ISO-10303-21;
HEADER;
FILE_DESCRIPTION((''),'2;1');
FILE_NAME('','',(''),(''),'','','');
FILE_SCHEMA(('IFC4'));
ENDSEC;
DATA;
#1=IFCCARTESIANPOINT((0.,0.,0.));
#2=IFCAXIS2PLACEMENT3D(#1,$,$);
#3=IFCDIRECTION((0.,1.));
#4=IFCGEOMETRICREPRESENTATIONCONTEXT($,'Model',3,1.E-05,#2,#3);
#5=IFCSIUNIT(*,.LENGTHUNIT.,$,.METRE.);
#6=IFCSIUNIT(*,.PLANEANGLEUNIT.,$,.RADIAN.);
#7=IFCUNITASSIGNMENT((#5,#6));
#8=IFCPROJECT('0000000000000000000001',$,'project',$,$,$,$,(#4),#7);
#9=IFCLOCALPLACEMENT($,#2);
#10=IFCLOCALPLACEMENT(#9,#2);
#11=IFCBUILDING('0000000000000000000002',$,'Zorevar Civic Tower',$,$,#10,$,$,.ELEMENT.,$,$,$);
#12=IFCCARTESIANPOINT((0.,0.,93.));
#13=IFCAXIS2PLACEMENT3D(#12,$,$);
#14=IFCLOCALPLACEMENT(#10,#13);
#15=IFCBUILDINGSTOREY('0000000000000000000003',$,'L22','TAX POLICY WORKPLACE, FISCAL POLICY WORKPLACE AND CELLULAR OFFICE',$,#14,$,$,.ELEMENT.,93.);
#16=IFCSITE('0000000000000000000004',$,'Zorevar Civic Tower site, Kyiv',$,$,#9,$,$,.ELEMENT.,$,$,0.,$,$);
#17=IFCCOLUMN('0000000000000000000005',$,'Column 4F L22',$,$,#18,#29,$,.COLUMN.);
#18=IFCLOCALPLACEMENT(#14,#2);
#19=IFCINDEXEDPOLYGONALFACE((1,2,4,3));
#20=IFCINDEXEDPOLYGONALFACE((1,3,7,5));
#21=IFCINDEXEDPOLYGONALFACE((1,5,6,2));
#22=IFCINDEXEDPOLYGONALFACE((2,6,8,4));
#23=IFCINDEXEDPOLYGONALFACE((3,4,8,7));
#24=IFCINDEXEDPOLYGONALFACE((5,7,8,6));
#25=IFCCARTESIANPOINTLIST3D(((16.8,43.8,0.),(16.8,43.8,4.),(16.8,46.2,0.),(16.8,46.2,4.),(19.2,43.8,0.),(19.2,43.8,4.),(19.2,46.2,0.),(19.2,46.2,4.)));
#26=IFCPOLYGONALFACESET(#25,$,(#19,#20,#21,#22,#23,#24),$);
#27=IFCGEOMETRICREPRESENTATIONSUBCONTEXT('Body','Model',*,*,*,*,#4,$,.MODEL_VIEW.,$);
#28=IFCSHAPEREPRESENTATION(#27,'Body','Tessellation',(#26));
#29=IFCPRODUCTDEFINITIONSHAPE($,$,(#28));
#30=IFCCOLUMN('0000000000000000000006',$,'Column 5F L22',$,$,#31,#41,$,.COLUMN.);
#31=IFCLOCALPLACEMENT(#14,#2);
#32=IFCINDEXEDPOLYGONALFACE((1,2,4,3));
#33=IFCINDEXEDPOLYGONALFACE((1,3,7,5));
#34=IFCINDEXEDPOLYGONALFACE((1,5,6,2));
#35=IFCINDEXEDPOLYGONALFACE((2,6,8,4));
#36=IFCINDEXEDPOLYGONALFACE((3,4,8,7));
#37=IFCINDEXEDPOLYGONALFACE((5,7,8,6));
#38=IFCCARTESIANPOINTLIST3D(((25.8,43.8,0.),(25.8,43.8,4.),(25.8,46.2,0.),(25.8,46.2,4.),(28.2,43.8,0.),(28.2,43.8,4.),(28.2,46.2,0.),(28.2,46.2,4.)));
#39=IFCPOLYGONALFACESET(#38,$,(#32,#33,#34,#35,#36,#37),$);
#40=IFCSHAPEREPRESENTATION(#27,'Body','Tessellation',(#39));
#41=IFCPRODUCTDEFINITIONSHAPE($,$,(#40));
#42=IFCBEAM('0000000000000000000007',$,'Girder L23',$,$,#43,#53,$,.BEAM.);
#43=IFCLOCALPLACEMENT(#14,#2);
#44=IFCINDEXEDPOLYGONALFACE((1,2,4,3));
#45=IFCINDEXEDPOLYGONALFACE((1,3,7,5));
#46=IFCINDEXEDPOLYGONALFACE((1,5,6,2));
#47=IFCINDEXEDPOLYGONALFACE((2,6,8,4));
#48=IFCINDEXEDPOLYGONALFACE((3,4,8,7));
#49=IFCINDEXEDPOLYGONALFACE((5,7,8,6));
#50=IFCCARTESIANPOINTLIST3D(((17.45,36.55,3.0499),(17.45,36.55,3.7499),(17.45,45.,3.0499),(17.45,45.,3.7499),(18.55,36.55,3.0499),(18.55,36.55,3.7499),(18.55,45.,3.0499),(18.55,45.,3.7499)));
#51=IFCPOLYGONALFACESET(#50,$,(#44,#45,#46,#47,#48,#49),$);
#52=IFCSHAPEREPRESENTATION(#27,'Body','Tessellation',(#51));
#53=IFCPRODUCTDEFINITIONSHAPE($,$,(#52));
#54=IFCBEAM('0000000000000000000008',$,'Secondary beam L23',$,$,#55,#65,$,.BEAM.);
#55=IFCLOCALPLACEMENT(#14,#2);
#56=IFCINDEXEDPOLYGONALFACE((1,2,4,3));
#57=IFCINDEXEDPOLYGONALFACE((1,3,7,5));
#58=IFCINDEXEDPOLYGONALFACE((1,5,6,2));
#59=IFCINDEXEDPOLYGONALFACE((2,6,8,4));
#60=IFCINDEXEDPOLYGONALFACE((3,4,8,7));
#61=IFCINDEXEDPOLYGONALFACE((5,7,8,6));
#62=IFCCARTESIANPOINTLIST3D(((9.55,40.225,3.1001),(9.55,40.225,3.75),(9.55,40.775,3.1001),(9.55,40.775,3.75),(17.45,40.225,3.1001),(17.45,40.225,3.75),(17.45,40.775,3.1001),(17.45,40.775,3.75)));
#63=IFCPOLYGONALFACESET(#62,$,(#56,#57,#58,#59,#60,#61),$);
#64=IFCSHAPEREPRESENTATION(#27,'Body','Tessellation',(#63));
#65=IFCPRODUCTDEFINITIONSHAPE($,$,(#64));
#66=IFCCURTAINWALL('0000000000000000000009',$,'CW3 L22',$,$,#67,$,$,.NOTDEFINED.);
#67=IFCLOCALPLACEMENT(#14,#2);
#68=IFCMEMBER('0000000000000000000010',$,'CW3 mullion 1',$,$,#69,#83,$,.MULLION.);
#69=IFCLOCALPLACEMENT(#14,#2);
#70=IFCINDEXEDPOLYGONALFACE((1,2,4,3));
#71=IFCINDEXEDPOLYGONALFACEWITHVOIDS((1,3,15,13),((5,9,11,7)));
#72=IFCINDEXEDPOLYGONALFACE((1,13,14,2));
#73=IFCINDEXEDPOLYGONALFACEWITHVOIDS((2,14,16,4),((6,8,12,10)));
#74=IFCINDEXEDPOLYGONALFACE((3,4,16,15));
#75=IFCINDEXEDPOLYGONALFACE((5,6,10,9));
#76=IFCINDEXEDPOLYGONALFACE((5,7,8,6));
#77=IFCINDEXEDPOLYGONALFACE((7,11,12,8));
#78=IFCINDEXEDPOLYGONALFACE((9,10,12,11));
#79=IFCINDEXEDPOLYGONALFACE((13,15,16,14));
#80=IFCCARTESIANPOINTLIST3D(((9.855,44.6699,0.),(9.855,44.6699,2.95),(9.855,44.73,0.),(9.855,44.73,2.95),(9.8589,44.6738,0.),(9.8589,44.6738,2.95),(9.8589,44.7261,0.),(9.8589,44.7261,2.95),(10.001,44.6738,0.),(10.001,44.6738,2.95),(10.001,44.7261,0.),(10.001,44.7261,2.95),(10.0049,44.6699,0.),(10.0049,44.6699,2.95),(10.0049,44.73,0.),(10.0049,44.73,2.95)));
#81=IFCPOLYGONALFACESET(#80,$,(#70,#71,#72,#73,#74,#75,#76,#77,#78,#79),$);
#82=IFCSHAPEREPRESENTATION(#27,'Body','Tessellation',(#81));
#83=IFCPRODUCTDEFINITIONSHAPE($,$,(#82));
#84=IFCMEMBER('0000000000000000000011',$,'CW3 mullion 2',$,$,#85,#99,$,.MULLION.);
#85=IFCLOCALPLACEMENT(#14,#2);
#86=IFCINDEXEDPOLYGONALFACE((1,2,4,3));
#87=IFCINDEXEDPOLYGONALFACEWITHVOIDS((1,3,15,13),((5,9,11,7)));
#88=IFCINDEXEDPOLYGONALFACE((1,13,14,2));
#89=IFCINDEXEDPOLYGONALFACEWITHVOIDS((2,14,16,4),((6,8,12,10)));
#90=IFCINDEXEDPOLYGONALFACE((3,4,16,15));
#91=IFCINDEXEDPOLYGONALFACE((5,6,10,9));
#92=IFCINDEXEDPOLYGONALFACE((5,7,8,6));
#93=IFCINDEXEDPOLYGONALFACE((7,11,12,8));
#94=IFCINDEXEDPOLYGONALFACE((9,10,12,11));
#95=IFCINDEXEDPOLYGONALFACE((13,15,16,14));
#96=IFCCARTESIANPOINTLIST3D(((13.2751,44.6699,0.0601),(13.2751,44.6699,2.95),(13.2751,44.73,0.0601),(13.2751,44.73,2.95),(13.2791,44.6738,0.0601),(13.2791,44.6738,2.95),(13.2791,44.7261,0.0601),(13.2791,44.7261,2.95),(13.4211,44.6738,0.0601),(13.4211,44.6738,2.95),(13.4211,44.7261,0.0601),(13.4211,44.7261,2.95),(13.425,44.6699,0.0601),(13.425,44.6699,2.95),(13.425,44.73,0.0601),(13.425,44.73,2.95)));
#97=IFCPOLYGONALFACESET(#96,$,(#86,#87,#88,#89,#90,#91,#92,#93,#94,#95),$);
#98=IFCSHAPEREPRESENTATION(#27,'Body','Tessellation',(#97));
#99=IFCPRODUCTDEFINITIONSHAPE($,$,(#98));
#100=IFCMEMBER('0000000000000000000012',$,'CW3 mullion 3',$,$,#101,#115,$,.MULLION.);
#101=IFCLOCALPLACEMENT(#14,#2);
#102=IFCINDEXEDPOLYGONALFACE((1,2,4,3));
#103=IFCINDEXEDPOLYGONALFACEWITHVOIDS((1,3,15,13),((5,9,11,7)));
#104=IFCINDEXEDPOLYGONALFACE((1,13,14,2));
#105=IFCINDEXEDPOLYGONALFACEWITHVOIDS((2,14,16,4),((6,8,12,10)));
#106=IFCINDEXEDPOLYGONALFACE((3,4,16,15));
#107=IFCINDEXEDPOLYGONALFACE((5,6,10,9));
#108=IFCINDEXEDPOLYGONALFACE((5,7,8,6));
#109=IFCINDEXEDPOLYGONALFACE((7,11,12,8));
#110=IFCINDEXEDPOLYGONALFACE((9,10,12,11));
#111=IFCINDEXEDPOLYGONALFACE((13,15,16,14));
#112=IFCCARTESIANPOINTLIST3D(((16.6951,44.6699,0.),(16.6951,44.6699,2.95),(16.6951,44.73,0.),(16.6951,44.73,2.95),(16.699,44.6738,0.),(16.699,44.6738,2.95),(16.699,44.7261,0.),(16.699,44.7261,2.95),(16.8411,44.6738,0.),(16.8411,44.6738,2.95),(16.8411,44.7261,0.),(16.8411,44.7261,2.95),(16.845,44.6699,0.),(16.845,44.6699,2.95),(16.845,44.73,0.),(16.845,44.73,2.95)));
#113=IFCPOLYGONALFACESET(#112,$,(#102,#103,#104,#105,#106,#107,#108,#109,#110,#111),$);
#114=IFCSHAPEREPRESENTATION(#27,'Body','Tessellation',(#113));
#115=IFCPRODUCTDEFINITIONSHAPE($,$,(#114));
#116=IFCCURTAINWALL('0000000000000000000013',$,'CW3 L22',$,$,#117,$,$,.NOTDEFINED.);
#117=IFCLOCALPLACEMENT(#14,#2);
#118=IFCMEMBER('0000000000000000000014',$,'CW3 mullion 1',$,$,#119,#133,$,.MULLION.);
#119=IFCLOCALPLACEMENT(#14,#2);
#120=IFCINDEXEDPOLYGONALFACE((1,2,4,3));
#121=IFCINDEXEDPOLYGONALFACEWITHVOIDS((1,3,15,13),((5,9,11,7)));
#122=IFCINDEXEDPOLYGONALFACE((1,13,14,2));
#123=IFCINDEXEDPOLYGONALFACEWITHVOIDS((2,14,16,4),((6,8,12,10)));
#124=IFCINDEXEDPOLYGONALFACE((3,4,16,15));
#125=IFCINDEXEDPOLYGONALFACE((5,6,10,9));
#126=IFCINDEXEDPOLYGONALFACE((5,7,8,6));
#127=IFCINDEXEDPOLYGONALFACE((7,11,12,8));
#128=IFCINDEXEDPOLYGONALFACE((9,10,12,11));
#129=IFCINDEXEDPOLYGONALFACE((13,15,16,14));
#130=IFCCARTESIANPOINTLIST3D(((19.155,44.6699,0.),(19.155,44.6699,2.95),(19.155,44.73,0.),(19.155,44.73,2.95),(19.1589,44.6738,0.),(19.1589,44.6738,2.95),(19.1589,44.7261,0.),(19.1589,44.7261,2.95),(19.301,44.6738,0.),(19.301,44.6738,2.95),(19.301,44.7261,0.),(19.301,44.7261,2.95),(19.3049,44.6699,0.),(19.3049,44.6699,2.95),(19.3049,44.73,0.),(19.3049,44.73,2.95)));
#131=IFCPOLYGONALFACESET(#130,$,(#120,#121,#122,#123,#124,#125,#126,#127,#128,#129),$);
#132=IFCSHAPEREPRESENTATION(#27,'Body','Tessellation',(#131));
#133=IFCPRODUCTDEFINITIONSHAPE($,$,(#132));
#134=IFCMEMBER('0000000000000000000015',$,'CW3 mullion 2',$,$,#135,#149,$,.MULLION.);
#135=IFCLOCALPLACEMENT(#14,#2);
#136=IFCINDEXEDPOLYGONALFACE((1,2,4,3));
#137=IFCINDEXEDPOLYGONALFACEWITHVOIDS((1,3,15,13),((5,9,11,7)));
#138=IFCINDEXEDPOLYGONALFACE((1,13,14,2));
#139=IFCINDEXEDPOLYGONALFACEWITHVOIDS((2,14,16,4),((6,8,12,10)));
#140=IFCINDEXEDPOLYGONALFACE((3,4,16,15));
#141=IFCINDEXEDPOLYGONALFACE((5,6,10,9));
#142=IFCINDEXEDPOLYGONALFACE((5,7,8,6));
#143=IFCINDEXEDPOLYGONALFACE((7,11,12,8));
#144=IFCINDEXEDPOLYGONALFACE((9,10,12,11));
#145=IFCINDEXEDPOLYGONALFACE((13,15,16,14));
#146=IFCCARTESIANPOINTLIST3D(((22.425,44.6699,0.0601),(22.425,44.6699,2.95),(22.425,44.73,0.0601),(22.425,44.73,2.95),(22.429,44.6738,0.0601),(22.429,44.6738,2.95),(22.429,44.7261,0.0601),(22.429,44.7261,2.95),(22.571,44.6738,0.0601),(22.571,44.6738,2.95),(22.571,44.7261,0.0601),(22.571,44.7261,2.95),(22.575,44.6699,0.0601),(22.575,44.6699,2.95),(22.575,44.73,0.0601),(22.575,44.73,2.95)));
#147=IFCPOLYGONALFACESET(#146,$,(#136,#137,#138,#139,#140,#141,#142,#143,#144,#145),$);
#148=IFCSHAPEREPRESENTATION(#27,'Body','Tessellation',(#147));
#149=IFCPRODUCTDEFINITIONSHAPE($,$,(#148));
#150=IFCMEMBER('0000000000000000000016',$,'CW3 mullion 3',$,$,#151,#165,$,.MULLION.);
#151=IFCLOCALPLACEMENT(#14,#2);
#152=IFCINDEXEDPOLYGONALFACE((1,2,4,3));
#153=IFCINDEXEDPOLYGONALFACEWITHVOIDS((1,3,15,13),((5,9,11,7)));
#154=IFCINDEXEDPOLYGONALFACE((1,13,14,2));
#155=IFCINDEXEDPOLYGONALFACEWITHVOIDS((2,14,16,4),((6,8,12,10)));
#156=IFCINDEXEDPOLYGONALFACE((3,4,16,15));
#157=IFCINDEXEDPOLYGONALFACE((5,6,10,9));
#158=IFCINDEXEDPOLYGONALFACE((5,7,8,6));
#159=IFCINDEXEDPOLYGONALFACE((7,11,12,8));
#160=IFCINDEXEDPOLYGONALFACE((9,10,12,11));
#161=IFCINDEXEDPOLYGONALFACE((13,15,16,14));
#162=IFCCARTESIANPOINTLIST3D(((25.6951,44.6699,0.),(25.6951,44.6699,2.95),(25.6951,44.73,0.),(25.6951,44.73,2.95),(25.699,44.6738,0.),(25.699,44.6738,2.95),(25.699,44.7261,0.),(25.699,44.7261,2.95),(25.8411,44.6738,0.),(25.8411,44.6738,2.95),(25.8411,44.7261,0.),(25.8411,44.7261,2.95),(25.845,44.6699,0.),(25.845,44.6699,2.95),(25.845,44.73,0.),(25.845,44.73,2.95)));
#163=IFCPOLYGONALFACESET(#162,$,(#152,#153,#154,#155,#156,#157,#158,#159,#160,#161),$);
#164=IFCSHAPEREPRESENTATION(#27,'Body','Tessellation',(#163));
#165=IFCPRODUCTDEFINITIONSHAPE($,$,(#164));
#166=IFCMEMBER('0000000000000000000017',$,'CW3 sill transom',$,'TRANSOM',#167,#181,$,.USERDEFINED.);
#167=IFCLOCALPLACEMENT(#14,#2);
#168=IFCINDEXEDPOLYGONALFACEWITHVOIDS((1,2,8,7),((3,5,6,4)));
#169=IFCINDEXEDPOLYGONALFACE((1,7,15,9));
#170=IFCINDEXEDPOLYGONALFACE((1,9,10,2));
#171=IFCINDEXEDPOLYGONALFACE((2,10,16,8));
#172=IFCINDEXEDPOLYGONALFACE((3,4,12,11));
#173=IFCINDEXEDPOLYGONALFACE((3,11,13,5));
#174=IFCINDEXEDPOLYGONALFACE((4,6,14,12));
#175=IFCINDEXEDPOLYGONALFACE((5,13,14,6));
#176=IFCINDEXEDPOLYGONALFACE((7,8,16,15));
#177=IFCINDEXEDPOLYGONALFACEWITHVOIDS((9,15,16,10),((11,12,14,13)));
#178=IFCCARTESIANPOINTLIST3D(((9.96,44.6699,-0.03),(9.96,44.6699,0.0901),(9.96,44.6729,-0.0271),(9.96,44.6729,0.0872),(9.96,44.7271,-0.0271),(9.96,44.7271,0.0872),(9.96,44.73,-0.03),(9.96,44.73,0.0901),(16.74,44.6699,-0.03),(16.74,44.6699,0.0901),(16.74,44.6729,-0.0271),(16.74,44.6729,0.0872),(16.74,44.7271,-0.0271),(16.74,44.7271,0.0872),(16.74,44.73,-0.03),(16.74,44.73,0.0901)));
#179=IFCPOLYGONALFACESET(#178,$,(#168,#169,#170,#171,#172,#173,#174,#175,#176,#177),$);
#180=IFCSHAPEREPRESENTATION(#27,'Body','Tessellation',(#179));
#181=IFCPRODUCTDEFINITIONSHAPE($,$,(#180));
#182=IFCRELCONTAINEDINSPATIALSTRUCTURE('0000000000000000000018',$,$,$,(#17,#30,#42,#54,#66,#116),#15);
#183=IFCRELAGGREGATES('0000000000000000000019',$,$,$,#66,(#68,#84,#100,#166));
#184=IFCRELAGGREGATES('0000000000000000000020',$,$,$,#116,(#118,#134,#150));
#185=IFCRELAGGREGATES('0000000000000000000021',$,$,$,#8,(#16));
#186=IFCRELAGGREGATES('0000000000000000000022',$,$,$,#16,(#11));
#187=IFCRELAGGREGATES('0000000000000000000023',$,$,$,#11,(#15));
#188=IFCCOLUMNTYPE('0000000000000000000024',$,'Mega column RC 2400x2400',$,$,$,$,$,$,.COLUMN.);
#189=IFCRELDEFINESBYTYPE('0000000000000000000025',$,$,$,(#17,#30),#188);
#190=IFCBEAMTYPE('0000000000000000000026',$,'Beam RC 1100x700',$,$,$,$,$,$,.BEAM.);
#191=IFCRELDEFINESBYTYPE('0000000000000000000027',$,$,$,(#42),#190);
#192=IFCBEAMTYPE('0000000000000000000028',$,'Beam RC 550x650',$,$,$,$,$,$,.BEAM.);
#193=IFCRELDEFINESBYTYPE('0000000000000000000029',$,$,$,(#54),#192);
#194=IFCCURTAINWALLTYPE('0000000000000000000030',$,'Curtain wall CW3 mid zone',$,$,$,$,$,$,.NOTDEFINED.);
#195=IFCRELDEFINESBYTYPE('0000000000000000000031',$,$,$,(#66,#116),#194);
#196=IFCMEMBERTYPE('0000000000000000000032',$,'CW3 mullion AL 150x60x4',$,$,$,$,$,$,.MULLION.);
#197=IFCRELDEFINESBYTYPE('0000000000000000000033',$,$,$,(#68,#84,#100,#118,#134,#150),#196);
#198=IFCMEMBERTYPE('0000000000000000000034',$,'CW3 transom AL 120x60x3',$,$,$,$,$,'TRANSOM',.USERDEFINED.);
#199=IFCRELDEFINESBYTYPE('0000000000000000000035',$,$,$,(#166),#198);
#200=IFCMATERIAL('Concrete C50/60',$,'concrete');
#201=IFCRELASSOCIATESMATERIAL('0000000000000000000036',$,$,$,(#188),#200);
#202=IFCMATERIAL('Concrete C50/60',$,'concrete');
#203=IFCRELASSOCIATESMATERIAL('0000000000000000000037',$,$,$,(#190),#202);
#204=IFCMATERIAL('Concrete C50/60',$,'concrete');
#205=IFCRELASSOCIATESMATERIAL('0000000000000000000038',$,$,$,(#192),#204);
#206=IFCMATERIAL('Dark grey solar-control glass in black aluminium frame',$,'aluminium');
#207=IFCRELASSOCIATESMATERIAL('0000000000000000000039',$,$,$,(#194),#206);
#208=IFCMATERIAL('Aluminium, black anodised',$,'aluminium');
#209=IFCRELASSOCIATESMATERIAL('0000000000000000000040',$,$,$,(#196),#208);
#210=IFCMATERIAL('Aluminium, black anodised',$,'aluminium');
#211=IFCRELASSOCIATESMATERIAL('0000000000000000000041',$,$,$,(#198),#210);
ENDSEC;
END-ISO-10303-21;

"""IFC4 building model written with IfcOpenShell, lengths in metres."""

from ifc_helpers import new_model, si_unit, direction, frame, origin, origin_2d, place, context, subcontext, project, spatial, rectangle, hollow_rectangle, extrude, material, material_profile, profile_set, type_object, element, aggregate, save


model = new_model("IFC4")

# Units and contexts
model_context = context("Model", 3, precision=1e-05, world=origin(), true_north=direction((0.0, 1.0)))
body_context = subcontext(model_context, "Body", "Model", "MODEL_VIEW")
ifc_project = project(units=[si_unit("LENGTHUNIT", "METRE"), si_unit("PLANEANGLEUNIT", "RADIAN")], contexts=[model_context])

# Site, building, storey
site_placement = place(None, origin())
site = spatial("IfcSite", under=ifc_project, at=site_placement, Name="Zorevar Civic Tower site, Kyiv", CompositionType="ELEMENT", RefElevation=0.0)
building_placement = place(site_placement, origin())
building = spatial("IfcBuilding", under=site, at=building_placement, Name="Zorevar Civic Tower", CompositionType="ELEMENT")
storey_placement = place(building_placement, frame((0.0, 0.0, 93.0)))
storey = spatial("IfcBuildingStorey", under=building, at=storey_placement, Name="L22", Description="TAX POLICY WORKPLACE, FISCAL POLICY WORKPLACE AND CELLULAR OFFICE", CompositionType="ELEMENT", Elevation=93.0)

# Columns
ifc_material_1 = material(Name="Concrete C50/60", Category="concrete")
ifc_material_profile_1 = material_profile(ifc_material_1, rectangle(XDim=2.3999, YDim=2.3999, at=origin_2d()), Name="RC 2400x2400")
ifc_profile_set_1 = profile_set([ifc_material_profile_1], Name="Concrete C50/60")
column_type = type_object("IfcColumnType", Name="Mega column RC 2400x2400", PredefinedType="COLUMN", material=ifc_profile_set_1)
for number, where, z_axis, x_axis, name in (
    (1, (18.0, 45.0, 0.0), (0.0, 0.0, 1.0), (1.0, 0.0, 0.0), "Column 4F L22"),
    (2, (27.0, 45.0, 0.0), (0.0, 0.0, 1.0), (1.0, 0.0, 0.0), "Column 5F L22"),
):
    element("IfcColumn", number, at=place(storey_placement, frame(where, z_axis=z_axis, x_axis=x_axis)), inside=storey, type_object=column_type, Name=name, PredefinedType="COLUMN", context=body_context, shape_type="SweptSolid", body=[
        extrude(rectangle(XDim=2.3999, YDim=2.3999, at=origin_2d()), origin(), (0.0, 0.0, 1.0), 4.0),
    ])

# Beams
ifc_material_2 = material(Name="Concrete C50/60", Category="concrete")
ifc_material_profile_2 = material_profile(ifc_material_2, rectangle(XDim=1.1001, YDim=0.7, at=origin_2d()), Name="RC 1100x700")
ifc_profile_set_2 = profile_set([ifc_material_profile_2], Name="Concrete C50/60")
beam_type_1 = type_object("IfcBeamType", Name="Beam RC 1100x700", PredefinedType="BEAM", material=ifc_profile_set_2)
beam_1_placement = place(storey_placement, frame((18.0, 36.55, 3.3999), z_axis=(0.0, 1.0, 0.0), x_axis=(-1.0, 0.0, 0.0)))
element("IfcBeam", 3, at=beam_1_placement, inside=storey, type_object=beam_type_1, Name="Girder L23", PredefinedType="BEAM", context=body_context, shape_type="SweptSolid", body=[
    extrude(rectangle(XDim=1.1001, YDim=0.7, at=origin_2d()), origin(), (0.0, 0.0, 1.0), 8.45),
])
ifc_material_3 = material(Name="Concrete C50/60", Category="concrete")
ifc_material_profile_3 = material_profile(ifc_material_3, rectangle(XDim=0.55, YDim=0.6499, at=origin_2d()), Name="RC 550x650")
ifc_profile_set_3 = profile_set([ifc_material_profile_3], Name="Concrete C50/60")
beam_type_2 = type_object("IfcBeamType", Name="Beam RC 550x650", PredefinedType="BEAM", material=ifc_profile_set_3)
beam_2_placement = place(storey_placement, frame((9.55, 40.5, 3.425), z_axis=(1.0, 0.0, 0.0), x_axis=(0.0, 1.0, 0.0)))
element("IfcBeam", 4, at=beam_2_placement, inside=storey, type_object=beam_type_2, Name="Secondary beam L23", PredefinedType="BEAM", context=body_context, shape_type="SweptSolid", body=[
    extrude(rectangle(XDim=0.55, YDim=0.6499, at=origin_2d()), origin(), (0.0, 0.0, 1.0), 7.8999),
])

# Curtain walls, members
ifc_material_4 = material(Name="Dark grey solar-control glass in black aluminium frame", Category="aluminium")
curtain_wall_type = type_object("IfcCurtainWallType", Name="Curtain wall CW3 mid zone", PredefinedType="NOTDEFINED", material=ifc_material_4)
curtain_wall_1_placement = place(storey_placement, origin())
curtain_wall_1 = element("IfcCurtainWall", 5, at=curtain_wall_1_placement, inside=storey, type_object=curtain_wall_type, Name="CW3 L22", PredefinedType="NOTDEFINED")
ifc_material_5 = material(Name="Aluminium, black anodised", Category="aluminium")
ifc_material_profile_4 = material_profile(ifc_material_5, hollow_rectangle(XDim=0.0601, YDim=0.1499, WallThickness=0.0039, at=origin_2d()), Name="AL 150x60x4")
ifc_profile_set_4 = profile_set([ifc_material_profile_4], Name="Aluminium, black anodised")
member_type_1 = type_object("IfcMemberType", Name="CW3 mullion AL 150x60x4", PredefinedType="MULLION", material=ifc_profile_set_4)
member_1_placement = place(storey_placement, frame((9.9299, 44.7, 0.0), z_axis=(0.0, 0.0, 1.0), x_axis=(0.0, 1.0, 0.0)))
member_1 = element("IfcMember", 6, at=member_1_placement, type_object=member_type_1, Name="CW3 mullion 1", PredefinedType="MULLION", context=body_context, shape_type="SweptSolid", body=[
    extrude(hollow_rectangle(XDim=0.0601, YDim=0.1499, WallThickness=0.0039, at=origin_2d()), origin(), (0.0, 0.0, 1.0), 2.95),
])
member_2_placement = place(storey_placement, frame((13.3501, 44.7, 0.0601), z_axis=(0.0, 0.0, 1.0), x_axis=(0.0, 1.0, 0.0)))
member_2 = element("IfcMember", 7, at=member_2_placement, type_object=member_type_1, Name="CW3 mullion 2", PredefinedType="MULLION", context=body_context, shape_type="SweptSolid", body=[
    extrude(hollow_rectangle(XDim=0.0601, YDim=0.1499, WallThickness=0.0039, at=origin_2d()), origin(), (0.0, 0.0, 1.0), 2.8899),
])
member_3_placement = place(storey_placement, frame((16.77, 44.7, 0.0), z_axis=(0.0, 0.0, 1.0), x_axis=(0.0, 1.0, 0.0)))
member_3 = element("IfcMember", 8, at=member_3_placement, type_object=member_type_1, Name="CW3 mullion 3", PredefinedType="MULLION", context=body_context, shape_type="SweptSolid", body=[
    extrude(hollow_rectangle(XDim=0.0601, YDim=0.1499, WallThickness=0.0039, at=origin_2d()), origin(), (0.0, 0.0, 1.0), 2.95),
])
curtain_wall_2_placement = place(storey_placement, origin())
curtain_wall_2 = element("IfcCurtainWall", 9, at=curtain_wall_2_placement, inside=storey, type_object=curtain_wall_type, Name="CW3 L22", PredefinedType="NOTDEFINED")
member_4_placement = place(storey_placement, frame((19.23, 44.7, 0.0), z_axis=(0.0, 0.0, 1.0), x_axis=(0.0, 1.0, 0.0)))
member_4 = element("IfcMember", 10, at=member_4_placement, type_object=member_type_1, Name="CW3 mullion 1", PredefinedType="MULLION", context=body_context, shape_type="SweptSolid", body=[
    extrude(hollow_rectangle(XDim=0.0601, YDim=0.1499, WallThickness=0.0039, at=origin_2d()), origin(), (0.0, 0.0, 1.0), 2.95),
])
member_5_placement = place(storey_placement, frame((22.5, 44.7, 0.0601), z_axis=(0.0, 0.0, 1.0), x_axis=(0.0, 1.0, 0.0)))
member_5 = element("IfcMember", 11, at=member_5_placement, type_object=member_type_1, Name="CW3 mullion 2", PredefinedType="MULLION", context=body_context, shape_type="SweptSolid", body=[
    extrude(hollow_rectangle(XDim=0.0601, YDim=0.1499, WallThickness=0.0039, at=origin_2d()), origin(), (0.0, 0.0, 1.0), 2.8899),
])
member_6_placement = place(storey_placement, frame((25.77, 44.7, 0.0), z_axis=(0.0, 0.0, 1.0), x_axis=(0.0, 1.0, 0.0)))
member_6 = element("IfcMember", 12, at=member_6_placement, type_object=member_type_1, Name="CW3 mullion 3", PredefinedType="MULLION", context=body_context, shape_type="SweptSolid", body=[
    extrude(hollow_rectangle(XDim=0.0601, YDim=0.1499, WallThickness=0.0039, at=origin_2d()), origin(), (0.0, 0.0, 1.0), 2.95),
])

# Member
ifc_material_6 = material(Name="Aluminium, black anodised", Category="aluminium")
ifc_material_profile_5 = material_profile(ifc_material_6, hollow_rectangle(XDim=0.0601, YDim=0.1201, WallThickness=0.0029, at=origin_2d()), Name="AL 120x60x3")
ifc_profile_set_5 = profile_set([ifc_material_profile_5], Name="Aluminium, black anodised")
member_type_2 = type_object("IfcMemberType", Name="CW3 transom AL 120x60x3", ElementType="TRANSOM", PredefinedType="USERDEFINED", material=ifc_profile_set_5)
member_7_placement = place(storey_placement, frame((9.96, 44.7, 0.03), z_axis=(1.0, 0.0, 0.0), x_axis=(0.0, 1.0, 0.0)))
member_7 = element("IfcMember", 13, at=member_7_placement, type_object=member_type_2, Name="CW3 sill transom", ObjectType="TRANSOM", PredefinedType="USERDEFINED", context=body_context, shape_type="SweptSolid", body=[
    extrude(hollow_rectangle(XDim=0.0601, YDim=0.1201, WallThickness=0.0029, at=origin_2d()), origin(), (0.0, 0.0, 1.0), 6.78),
])

aggregate(curtain_wall_1, [member_1, member_2, member_3, member_7])
aggregate(curtain_wall_2, [member_4, member_5, member_6])

save(model, "model.ifc")
